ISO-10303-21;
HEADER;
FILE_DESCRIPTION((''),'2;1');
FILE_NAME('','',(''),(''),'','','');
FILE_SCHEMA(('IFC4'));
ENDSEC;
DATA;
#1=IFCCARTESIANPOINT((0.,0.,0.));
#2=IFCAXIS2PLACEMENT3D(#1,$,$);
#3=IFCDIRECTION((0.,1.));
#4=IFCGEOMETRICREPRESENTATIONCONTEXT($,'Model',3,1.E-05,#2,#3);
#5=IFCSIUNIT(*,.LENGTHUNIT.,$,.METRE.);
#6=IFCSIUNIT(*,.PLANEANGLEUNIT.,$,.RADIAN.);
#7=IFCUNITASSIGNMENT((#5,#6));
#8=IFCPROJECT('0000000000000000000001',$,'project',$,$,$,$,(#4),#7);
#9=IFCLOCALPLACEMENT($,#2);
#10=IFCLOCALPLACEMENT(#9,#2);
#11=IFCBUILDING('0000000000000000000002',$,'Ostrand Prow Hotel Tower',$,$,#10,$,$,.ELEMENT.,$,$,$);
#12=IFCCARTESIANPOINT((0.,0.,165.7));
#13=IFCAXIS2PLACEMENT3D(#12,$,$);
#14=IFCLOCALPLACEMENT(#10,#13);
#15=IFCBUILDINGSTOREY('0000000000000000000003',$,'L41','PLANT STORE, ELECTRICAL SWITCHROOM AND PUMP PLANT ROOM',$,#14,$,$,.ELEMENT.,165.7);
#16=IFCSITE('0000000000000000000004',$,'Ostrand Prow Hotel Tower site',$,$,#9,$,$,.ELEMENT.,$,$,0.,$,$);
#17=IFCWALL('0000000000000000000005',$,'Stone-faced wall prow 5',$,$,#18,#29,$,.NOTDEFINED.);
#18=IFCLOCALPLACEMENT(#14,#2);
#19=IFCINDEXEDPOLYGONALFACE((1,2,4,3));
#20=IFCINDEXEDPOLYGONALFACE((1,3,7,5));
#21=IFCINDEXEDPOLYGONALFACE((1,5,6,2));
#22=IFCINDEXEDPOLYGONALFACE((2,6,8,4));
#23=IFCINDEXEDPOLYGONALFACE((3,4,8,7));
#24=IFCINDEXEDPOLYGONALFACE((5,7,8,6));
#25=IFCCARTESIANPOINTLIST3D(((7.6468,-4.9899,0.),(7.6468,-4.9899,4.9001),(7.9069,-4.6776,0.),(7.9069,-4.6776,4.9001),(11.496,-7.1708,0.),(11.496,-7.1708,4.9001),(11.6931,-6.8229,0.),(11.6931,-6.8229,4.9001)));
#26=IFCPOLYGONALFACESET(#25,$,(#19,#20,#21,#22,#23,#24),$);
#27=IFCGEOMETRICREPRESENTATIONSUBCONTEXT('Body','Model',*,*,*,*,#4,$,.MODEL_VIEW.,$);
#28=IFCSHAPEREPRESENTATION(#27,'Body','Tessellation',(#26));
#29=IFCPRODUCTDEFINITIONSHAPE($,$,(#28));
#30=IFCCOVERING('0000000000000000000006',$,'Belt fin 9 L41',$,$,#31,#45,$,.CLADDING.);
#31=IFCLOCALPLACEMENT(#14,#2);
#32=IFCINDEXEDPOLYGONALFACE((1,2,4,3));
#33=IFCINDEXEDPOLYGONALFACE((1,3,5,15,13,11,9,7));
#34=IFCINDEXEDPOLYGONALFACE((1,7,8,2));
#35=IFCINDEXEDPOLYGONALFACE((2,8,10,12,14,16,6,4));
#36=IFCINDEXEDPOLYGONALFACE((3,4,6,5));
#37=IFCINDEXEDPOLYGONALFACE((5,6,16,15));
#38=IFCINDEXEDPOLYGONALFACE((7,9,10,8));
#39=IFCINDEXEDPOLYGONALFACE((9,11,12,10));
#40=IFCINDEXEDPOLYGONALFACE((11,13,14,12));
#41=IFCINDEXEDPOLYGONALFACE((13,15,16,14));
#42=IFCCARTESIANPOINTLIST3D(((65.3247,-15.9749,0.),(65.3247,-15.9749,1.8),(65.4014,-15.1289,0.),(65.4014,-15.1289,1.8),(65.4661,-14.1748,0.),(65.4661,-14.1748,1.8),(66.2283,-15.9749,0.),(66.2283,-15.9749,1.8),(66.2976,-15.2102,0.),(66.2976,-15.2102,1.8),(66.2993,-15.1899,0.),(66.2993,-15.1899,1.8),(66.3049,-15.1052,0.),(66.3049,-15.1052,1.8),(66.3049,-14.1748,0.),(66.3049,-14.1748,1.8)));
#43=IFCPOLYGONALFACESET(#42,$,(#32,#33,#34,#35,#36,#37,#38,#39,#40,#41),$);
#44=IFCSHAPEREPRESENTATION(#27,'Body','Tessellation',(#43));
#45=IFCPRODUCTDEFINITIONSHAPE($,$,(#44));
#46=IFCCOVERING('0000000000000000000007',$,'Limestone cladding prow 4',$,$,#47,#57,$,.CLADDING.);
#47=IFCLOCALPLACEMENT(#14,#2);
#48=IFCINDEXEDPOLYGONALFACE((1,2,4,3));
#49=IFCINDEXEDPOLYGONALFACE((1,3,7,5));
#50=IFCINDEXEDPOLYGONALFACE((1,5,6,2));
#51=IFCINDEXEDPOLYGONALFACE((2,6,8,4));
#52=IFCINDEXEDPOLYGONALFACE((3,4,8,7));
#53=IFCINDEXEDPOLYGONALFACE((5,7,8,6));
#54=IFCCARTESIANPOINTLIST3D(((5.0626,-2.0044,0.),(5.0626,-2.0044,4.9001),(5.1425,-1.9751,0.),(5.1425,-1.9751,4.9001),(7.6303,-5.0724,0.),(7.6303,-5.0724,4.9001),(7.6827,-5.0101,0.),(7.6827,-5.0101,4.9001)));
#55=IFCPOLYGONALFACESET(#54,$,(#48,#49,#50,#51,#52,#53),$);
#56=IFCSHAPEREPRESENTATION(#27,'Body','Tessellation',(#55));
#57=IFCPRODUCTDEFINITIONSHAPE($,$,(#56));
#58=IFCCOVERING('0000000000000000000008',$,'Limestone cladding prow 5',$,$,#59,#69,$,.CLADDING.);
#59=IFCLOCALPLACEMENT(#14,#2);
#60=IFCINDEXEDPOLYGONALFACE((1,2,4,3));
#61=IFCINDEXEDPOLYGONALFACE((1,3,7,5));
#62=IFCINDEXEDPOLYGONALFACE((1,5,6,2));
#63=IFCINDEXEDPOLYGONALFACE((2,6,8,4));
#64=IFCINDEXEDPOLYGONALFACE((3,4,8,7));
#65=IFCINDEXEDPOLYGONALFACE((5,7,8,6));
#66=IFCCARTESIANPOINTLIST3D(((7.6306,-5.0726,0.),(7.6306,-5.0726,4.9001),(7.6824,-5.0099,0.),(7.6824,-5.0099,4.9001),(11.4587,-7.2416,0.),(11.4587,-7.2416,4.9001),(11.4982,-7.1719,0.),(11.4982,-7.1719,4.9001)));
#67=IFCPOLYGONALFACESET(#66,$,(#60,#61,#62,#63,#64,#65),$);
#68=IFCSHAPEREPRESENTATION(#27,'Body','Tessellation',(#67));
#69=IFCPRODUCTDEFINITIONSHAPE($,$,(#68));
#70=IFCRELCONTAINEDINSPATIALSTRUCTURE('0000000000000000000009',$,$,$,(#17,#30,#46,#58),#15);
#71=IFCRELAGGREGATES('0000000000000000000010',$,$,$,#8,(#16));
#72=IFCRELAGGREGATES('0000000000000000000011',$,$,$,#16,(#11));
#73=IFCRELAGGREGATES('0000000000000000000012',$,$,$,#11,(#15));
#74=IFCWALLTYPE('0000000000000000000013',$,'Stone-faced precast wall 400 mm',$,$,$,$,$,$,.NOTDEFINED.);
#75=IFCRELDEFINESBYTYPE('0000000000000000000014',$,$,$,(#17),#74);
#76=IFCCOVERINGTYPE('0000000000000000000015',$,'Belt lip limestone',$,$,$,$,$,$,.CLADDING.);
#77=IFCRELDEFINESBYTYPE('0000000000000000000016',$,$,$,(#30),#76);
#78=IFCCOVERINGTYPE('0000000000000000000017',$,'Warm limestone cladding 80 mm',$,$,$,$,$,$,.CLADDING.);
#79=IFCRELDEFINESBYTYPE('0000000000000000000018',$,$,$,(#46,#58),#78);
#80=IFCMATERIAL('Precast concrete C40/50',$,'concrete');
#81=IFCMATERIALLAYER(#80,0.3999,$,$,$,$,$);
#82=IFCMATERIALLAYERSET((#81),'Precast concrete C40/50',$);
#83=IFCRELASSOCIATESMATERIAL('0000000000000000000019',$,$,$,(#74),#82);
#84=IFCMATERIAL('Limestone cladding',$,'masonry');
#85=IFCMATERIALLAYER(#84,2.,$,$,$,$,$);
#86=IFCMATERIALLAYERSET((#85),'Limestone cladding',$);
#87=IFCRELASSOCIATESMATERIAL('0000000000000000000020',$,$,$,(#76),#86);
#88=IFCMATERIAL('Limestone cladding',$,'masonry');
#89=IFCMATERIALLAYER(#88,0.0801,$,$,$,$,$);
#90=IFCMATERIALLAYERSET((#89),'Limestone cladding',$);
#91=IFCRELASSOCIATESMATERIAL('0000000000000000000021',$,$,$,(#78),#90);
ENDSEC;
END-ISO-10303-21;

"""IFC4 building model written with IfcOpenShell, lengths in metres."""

from ifc_helpers import new_model, si_unit, direction, frame, origin, place, context, subcontext, project, spatial, polyline, outline, extrude, material, layer, layer_set, type_object, element, save


model = new_model("IFC4")

# Units and contexts
model_context = context("Model", 3, precision=1e-05, world=origin(), true_north=direction((0.0, 1.0)))
body_context = subcontext(model_context, "Body", "Model", "MODEL_VIEW")
ifc_project = project(units=[si_unit("LENGTHUNIT", "METRE"), si_unit("PLANEANGLEUNIT", "RADIAN")], contexts=[model_context])

# Site, building, storey
site_placement = place(None, origin())
site = spatial("IfcSite", under=ifc_project, at=site_placement, Name="Ostrand Prow Hotel Tower site", CompositionType="ELEMENT", RefElevation=0.0)
building_placement = place(site_placement, origin())
building = spatial("IfcBuilding", under=site, at=building_placement, Name="Ostrand Prow Hotel Tower", CompositionType="ELEMENT")
storey_placement = place(building_placement, frame((0.0, 0.0, 165.7)))
storey = spatial("IfcBuildingStorey", under=building, at=storey_placement, Name="L41", Description="PLANT STORE, ELECTRICAL SWITCHROOM AND PUMP PLANT ROOM", CompositionType="ELEMENT", Elevation=165.7)

# Wall
ifc_material_1 = material(Name="Precast concrete C40/50", Category="concrete")
ifc_layer_1 = layer(ifc_material_1, 0.3999)
ifc_layer_set_1 = layer_set([ifc_layer_1], Name="Precast concrete C40/50")
wall_type_1 = type_object("IfcWallType", Name="Stone-faced precast wall 400 mm", PredefinedType="NOTDEFINED", material=ifc_layer_set_1)
wall_1_placement = place(storey_placement, frame((7.7769, -4.8337, 0.0), z_axis=(0.0, 0.0, 1.0), x_axis=(0.870045, -0.492972, 0.0)))
element("IfcWall", 1, at=wall_1_placement, inside=storey, type_object=wall_type_1, Name="Stone-faced wall prow 5", PredefinedType="NOTDEFINED", context=body_context, shape_type="SweptSolid", body=[
    extrude(outline(polyline([(-0.0361, -0.2), (4.3879, -0.2), (4.3879, 0.2), (0.0361, 0.2), (-0.0361, -0.2)])), origin(), (0.0, 0.0, 1.0), 4.9001),
])

# Coverings
ifc_material_2 = material(Name="Limestone cladding", Category="masonry")
ifc_layer_2 = layer(ifc_material_2, 2.0)
ifc_layer_set_2 = layer_set([ifc_layer_2], Name="Limestone cladding")
covering_type_1 = type_object("IfcCoveringType", Name="Belt lip limestone", PredefinedType="CLADDING", material=ifc_layer_set_2)
covering_1_placement = place(storey_placement, origin())
element("IfcCovering", 2, at=covering_1_placement, inside=storey, type_object=covering_type_1, Name="Belt fin 9 L41", PredefinedType="CLADDING", context=body_context, shape_type="SweptSolid", body=[
    extrude(outline(polyline([(66.2993, -15.1899), (66.3049, -15.1052), (66.3049, -14.1748), (65.4661, -14.1748), (65.4014, -15.1289), (65.3247, -15.9749), (66.2283, -15.9749), (66.2976, -15.2102), (66.2993, -15.1899)])), origin(), (0.0, 0.0, 1.0), 1.8),
])
ifc_material_3 = material(Name="Limestone cladding", Category="masonry")
ifc_layer_3 = layer(ifc_material_3, 0.0801)
ifc_layer_set_3 = layer_set([ifc_layer_3], Name="Limestone cladding")
covering_type_2 = type_object("IfcCoveringType", Name="Warm limestone cladding 80 mm", PredefinedType="CLADDING", material=ifc_layer_set_3)
covering_2_placement = place(storey_placement, frame((5.1025, -1.9897, 0.0), z_axis=(0.0, 0.0, 1.0), x_axis=(0.641818, -0.766857, 0.0)))
element("IfcCovering", 3, at=covering_2_placement, inside=storey, type_object=covering_type_2, Name="Limestone cladding prow 4", PredefinedType="CLADDING", context=body_context, shape_type="SweptSolid", body=[
    extrude(outline(polyline([(-0.0144, -0.04), (3.9863, -0.04), (3.9722, 0.04), (0.0144, 0.04), (-0.0144, -0.04)])), origin(), (0.0, 0.0, 1.0), 4.9001),
])
covering_3_placement = place(storey_placement, frame((7.6565, -5.0413, 0.0), z_axis=(0.0, 0.0, 1.0), x_axis=(0.87005, -0.492963, 0.0)))
element("IfcCovering", 4, at=covering_3_placement, inside=storey, type_object=covering_type_2, Name="Limestone cladding prow 5", PredefinedType="CLADDING", context=body_context, shape_type="SweptSolid", body=[
    extrude(outline(polyline([(-0.0071, -0.04), (4.3928, -0.04), (4.3928, 0.04), (0.0071, 0.04), (-0.0071, -0.04)])), origin(), (0.0, 0.0, 1.0), 4.9001),
])

save(model, "model.ifc")
